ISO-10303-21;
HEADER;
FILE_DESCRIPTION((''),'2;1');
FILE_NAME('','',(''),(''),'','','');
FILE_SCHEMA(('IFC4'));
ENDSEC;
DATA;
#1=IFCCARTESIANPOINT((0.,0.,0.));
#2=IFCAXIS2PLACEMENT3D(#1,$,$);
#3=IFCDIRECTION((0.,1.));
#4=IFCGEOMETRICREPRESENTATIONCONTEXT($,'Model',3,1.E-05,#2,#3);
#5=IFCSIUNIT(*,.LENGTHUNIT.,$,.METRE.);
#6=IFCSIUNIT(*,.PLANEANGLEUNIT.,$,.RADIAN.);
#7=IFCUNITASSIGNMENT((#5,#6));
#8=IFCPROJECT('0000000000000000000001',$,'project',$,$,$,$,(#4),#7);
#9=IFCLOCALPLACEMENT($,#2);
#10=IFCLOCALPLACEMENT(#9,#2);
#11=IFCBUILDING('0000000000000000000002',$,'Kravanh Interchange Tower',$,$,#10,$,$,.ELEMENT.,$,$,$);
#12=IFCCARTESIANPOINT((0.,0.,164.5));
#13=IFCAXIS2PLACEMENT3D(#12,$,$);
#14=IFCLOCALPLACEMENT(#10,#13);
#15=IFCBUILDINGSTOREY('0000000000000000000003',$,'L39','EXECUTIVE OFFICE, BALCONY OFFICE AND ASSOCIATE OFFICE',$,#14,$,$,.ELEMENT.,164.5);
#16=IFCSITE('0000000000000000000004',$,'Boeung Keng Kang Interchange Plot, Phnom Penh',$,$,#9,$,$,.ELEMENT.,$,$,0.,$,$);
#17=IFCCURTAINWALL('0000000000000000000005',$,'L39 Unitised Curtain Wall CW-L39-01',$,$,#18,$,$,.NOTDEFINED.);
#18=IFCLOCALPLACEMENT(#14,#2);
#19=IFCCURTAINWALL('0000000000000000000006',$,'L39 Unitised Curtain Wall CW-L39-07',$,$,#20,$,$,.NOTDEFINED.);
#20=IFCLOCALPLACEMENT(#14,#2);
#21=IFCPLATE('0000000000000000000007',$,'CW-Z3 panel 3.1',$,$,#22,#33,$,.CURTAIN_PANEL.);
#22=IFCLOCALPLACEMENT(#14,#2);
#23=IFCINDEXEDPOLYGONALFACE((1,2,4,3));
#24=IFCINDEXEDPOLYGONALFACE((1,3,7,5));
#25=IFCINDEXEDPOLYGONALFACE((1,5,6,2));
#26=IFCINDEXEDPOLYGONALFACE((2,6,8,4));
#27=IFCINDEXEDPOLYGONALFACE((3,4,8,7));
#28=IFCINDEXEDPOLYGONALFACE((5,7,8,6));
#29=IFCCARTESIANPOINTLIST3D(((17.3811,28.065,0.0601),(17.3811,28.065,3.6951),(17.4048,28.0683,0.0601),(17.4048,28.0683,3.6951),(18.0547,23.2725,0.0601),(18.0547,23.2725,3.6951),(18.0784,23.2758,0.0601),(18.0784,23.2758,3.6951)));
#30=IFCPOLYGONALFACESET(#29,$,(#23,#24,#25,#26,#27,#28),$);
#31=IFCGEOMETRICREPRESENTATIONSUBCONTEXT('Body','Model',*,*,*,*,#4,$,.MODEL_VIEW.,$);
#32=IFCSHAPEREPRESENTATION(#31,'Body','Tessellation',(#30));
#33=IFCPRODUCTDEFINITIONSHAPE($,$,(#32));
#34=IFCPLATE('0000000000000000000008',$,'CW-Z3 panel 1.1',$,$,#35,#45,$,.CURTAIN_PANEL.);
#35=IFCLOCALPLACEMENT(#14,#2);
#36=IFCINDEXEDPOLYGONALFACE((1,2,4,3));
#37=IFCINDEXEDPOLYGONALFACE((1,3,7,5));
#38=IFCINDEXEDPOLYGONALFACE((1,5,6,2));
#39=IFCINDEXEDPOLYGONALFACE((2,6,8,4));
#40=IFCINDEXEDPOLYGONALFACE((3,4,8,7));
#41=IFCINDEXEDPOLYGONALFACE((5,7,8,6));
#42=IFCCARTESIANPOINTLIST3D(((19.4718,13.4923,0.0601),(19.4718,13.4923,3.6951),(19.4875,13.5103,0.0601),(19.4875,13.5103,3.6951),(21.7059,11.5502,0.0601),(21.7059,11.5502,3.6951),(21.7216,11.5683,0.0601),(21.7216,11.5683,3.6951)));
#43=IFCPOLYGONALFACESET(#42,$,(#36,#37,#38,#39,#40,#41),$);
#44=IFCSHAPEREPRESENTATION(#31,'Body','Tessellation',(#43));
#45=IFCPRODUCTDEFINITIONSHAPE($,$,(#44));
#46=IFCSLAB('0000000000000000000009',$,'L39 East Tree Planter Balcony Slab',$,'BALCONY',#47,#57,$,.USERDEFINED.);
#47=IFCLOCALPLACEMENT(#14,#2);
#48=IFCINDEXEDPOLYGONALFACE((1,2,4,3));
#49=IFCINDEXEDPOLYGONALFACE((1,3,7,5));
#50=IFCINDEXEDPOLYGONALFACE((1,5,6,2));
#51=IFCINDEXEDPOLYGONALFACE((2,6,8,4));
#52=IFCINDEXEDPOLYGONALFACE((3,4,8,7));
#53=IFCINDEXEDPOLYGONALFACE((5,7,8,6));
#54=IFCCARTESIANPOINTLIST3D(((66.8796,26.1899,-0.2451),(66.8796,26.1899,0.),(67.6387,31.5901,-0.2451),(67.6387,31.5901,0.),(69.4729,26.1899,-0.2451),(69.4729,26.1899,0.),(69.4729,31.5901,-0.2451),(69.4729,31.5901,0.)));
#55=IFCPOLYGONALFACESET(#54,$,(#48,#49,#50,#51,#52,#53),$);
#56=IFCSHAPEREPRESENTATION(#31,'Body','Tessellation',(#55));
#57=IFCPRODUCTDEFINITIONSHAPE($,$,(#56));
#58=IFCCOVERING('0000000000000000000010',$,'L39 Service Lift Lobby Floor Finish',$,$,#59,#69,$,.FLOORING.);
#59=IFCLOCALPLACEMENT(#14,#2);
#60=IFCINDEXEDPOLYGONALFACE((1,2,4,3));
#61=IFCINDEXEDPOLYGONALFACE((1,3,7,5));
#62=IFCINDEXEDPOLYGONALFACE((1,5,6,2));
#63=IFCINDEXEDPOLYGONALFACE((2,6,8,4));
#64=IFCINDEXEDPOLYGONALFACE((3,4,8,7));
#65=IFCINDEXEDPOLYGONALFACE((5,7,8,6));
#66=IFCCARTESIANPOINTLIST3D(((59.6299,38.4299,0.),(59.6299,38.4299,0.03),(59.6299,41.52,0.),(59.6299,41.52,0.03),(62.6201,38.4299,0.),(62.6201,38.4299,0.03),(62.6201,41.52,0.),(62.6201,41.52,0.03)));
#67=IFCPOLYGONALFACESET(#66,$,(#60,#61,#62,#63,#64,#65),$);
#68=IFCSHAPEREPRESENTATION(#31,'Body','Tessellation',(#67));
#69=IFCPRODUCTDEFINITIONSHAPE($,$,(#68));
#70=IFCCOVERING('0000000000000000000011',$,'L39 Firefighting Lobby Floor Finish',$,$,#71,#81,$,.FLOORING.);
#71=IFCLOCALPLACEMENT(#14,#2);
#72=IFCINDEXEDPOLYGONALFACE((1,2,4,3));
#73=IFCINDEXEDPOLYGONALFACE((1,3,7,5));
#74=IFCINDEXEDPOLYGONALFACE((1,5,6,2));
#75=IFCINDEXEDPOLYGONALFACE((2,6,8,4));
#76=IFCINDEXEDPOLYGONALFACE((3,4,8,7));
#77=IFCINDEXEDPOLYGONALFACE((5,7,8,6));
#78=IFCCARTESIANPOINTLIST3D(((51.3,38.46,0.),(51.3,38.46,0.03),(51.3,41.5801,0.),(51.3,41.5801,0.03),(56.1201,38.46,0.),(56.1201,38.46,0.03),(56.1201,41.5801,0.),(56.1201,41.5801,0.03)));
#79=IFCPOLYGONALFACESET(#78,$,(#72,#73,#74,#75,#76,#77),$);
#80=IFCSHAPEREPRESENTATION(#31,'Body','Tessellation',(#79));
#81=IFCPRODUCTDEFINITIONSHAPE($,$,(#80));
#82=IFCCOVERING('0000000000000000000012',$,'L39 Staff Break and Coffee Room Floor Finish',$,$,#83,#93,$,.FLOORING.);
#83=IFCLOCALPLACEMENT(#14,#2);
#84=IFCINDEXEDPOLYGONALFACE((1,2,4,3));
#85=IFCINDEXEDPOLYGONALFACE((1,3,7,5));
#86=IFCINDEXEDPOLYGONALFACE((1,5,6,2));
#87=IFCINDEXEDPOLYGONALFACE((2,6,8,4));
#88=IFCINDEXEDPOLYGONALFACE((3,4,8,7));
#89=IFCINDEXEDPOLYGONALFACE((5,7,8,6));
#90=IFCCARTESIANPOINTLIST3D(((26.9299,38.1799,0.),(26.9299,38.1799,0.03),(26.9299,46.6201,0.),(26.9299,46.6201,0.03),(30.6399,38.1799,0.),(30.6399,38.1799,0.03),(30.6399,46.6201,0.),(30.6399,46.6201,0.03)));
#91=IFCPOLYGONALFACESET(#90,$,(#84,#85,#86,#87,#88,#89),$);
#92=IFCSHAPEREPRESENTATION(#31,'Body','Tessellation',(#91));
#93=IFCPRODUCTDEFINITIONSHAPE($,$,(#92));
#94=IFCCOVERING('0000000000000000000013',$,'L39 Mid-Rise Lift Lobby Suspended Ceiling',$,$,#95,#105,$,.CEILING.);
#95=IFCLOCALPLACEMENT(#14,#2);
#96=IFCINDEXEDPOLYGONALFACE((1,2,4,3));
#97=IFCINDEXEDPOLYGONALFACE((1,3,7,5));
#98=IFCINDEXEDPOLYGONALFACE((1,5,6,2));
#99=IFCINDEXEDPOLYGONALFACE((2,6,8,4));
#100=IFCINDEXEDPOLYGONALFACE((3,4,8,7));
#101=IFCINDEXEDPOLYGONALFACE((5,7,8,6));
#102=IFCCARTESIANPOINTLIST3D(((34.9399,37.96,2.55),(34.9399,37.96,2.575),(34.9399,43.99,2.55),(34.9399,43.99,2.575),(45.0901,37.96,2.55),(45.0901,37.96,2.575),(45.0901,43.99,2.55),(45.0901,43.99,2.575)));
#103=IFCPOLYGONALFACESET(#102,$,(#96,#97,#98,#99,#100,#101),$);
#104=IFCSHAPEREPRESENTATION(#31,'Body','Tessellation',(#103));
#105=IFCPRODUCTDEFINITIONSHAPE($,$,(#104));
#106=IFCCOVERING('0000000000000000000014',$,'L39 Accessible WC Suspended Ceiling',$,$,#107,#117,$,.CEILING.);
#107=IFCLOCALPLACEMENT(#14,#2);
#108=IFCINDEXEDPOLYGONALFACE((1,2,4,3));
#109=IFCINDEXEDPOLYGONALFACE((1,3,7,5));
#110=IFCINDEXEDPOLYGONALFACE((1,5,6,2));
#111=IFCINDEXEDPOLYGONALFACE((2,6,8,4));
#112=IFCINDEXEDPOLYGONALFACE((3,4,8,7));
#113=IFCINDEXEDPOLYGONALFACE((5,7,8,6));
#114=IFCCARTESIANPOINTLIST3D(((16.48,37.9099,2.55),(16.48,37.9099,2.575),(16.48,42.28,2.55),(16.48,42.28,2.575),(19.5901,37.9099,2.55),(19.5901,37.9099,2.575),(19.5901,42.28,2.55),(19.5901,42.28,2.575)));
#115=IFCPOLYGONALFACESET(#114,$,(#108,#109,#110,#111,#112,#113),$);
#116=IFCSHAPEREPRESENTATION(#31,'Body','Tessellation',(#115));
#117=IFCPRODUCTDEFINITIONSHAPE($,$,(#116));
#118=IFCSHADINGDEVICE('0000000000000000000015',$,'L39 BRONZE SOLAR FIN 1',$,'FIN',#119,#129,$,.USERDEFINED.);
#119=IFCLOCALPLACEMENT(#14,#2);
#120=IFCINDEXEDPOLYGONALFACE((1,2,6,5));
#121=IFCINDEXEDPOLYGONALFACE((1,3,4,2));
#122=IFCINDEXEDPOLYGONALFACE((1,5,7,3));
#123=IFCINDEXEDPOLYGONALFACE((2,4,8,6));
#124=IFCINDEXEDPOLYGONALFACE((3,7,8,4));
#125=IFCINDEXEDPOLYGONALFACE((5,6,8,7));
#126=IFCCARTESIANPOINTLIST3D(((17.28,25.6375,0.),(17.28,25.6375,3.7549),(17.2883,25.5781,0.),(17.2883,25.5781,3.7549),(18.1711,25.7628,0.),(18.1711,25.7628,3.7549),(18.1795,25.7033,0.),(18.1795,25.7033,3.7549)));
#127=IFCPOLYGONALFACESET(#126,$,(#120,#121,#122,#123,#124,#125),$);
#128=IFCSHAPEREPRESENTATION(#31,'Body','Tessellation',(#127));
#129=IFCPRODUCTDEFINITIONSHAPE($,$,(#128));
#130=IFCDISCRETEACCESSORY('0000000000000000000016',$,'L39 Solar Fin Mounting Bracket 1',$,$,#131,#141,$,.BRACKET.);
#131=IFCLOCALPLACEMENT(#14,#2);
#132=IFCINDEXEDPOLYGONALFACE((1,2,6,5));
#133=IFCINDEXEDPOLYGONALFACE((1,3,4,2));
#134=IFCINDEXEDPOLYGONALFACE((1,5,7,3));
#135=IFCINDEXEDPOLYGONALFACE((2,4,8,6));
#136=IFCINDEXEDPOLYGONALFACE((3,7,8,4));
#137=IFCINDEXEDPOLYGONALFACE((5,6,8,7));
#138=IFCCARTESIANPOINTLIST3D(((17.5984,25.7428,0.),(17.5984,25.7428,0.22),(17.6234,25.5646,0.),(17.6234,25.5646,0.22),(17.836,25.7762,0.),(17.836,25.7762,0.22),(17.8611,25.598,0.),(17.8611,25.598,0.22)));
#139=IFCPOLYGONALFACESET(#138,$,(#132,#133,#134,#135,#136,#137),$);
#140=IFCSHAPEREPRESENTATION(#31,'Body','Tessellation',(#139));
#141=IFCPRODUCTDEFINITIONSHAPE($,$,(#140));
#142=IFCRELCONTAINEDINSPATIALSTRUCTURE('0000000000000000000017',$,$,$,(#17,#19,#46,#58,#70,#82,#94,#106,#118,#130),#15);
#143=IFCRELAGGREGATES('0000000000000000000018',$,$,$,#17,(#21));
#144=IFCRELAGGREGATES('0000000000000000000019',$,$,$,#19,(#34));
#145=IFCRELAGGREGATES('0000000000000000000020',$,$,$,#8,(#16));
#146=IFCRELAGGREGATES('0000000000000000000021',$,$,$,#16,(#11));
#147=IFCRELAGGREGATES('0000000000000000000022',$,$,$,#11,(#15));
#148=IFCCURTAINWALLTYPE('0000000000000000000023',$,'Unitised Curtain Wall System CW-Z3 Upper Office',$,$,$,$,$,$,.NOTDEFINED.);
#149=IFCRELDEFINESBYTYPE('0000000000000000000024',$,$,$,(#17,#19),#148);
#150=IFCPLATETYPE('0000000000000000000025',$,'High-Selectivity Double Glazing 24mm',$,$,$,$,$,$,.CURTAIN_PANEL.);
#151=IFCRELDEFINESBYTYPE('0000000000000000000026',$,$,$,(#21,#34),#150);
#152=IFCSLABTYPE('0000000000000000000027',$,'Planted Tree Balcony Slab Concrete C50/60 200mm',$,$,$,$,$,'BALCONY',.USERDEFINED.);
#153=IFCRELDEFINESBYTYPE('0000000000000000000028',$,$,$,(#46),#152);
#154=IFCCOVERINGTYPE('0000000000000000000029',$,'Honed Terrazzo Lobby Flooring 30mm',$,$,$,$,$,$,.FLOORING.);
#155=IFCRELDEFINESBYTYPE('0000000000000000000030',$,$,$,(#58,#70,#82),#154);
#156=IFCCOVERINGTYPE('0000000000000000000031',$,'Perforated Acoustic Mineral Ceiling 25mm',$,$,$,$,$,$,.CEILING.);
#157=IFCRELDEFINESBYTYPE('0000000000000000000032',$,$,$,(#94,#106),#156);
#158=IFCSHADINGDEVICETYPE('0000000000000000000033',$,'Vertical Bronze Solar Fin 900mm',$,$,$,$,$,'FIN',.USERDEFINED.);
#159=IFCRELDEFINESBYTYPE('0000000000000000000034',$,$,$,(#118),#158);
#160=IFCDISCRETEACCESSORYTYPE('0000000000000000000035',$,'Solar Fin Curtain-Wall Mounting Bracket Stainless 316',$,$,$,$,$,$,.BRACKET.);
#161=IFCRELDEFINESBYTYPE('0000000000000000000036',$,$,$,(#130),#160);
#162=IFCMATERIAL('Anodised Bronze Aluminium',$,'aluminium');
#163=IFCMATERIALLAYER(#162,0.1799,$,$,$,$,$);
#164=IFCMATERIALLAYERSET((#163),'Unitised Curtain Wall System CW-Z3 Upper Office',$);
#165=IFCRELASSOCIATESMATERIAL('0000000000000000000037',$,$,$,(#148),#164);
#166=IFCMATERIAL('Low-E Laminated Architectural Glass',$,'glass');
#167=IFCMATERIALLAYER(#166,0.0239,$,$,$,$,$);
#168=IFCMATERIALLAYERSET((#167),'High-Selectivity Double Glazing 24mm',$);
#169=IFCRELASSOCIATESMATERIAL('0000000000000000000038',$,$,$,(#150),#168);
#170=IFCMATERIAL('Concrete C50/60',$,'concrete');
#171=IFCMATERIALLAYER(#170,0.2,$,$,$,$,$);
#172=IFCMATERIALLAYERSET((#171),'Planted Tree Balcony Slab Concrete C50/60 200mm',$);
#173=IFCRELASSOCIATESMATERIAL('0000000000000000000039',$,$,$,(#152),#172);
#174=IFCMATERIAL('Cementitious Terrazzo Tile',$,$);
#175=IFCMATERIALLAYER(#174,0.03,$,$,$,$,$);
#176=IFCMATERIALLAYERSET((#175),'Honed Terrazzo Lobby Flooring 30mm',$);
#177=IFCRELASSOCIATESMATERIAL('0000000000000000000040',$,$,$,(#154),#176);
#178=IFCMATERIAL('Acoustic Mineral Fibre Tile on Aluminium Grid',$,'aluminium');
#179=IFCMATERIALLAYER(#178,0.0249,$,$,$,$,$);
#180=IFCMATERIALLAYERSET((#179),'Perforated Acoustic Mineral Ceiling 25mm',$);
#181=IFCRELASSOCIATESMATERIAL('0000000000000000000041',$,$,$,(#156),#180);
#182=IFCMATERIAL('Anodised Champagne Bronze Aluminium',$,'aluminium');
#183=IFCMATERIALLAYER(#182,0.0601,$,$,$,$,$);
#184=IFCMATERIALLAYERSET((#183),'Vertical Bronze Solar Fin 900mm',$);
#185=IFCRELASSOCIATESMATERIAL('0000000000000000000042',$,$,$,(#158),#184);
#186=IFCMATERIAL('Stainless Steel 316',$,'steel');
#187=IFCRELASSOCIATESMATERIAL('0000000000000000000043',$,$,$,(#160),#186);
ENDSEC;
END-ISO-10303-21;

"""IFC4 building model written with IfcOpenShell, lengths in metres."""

from ifc_helpers import new_model, si_unit, direction, frame, origin, origin_2d, place, context, subcontext, project, spatial, polyline, rectangle, outline, extrude, material, layer, layer_set, type_object, element, aggregate, save


model = new_model("IFC4")

# Units and contexts
model_context = context("Model", 3, precision=1e-05, world=origin(), true_north=direction((0.0, 1.0)))
body_context = subcontext(model_context, "Body", "Model", "MODEL_VIEW")
ifc_project = project(units=[si_unit("LENGTHUNIT", "METRE"), si_unit("PLANEANGLEUNIT", "RADIAN")], contexts=[model_context])

# Site, building, storey
site_placement = place(None, origin())
site = spatial("IfcSite", under=ifc_project, at=site_placement, Name="Boeung Keng Kang Interchange Plot, Phnom Penh", CompositionType="ELEMENT", RefElevation=0.0)
building_placement = place(site_placement, origin())
building = spatial("IfcBuilding", under=site, at=building_placement, Name="Kravanh Interchange Tower", CompositionType="ELEMENT")
storey_placement = place(building_placement, frame((0.0, 0.0, 164.5)))
storey = spatial("IfcBuildingStorey", under=building, at=storey_placement, Name="L39", Description="EXECUTIVE OFFICE, BALCONY OFFICE AND ASSOCIATE OFFICE", CompositionType="ELEMENT", Elevation=164.5)

# Curtain wall
ifc_material_1 = material(Name="Anodised Bronze Aluminium", Category="aluminium")
ifc_layer_1 = layer(ifc_material_1, 0.1799)
ifc_layer_set_1 = layer_set([ifc_layer_1], Name="Unitised Curtain Wall System CW-Z3 Upper Office")
curtain_wall_type = type_object("IfcCurtainWallType", Name="Unitised Curtain Wall System CW-Z3 Upper Office", PredefinedType="NOTDEFINED", material=ifc_layer_set_1)
curtain_wall_1_placement = place(storey_placement, origin())
curtain_wall_1 = element("IfcCurtainWall", 1, at=curtain_wall_1_placement, inside=storey, type_object=curtain_wall_type, Name="L39 Unitised Curtain Wall CW-L39-01", PredefinedType="NOTDEFINED")

# Curtain wall
curtain_wall_2_placement = place(storey_placement, origin())
curtain_wall_2 = element("IfcCurtainWall", 2, at=curtain_wall_2_placement, inside=storey, type_object=curtain_wall_type, Name="L39 Unitised Curtain Wall CW-L39-07", PredefinedType="NOTDEFINED")

# Plates
ifc_material_2 = material(Name="Low-E Laminated Architectural Glass", Category="glass")
ifc_layer_2 = layer(ifc_material_2, 0.0239)
ifc_layer_set_2 = layer_set([ifc_layer_2], Name="High-Selectivity Double Glazing 24mm")
plate_type = type_object("IfcPlateType", Name="High-Selectivity Double Glazing 24mm", PredefinedType="CURTAIN_PANEL", material=ifc_layer_set_2)
plate_1_placement = place(storey_placement, frame((17.7297, 25.6704, 0.0601), z_axis=(0.0, 0.0, 1.0), x_axis=(-0.139172, 0.990268, 0.0)))
plate_1 = element("IfcPlate", 3, at=plate_1_placement, type_object=plate_type, Name="CW-Z3 panel 3.1", PredefinedType="CURTAIN_PANEL", context=body_context, shape_type="SweptSolid", body=[
    extrude(rectangle(XDim=4.8396, YDim=0.0239, at=origin_2d()), origin(), (0.0, 0.0, 1.0), 3.635),
])
aggregate(curtain_wall_1, [plate_1])
plate_2_placement = place(storey_placement, frame((20.5967, 12.5303, 0.0601), z_axis=(0.0, 0.0, 1.0), x_axis=(-0.754717, 0.656051, 0.0)))
plate_2 = element("IfcPlate", 4, at=plate_2_placement, type_object=plate_type, Name="CW-Z3 panel 1.1", PredefinedType="CURTAIN_PANEL", context=body_context, shape_type="SweptSolid", body=[
    extrude(rectangle(XDim=2.9602, YDim=0.0239, at=origin_2d()), origin(), (0.0, 0.0, 1.0), 3.635),
])
aggregate(curtain_wall_2, [plate_2])

# Slab
ifc_material_3 = material(Name="Concrete C50/60", Category="concrete")
ifc_layer_3 = layer(ifc_material_3, 0.2)
ifc_layer_set_3 = layer_set([ifc_layer_3], Name="Planted Tree Balcony Slab Concrete C50/60 200mm")
slab_type_1 = type_object("IfcSlabType", Name="Planted Tree Balcony Slab Concrete C50/60 200mm", ElementType="BALCONY", PredefinedType="USERDEFINED", material=ifc_layer_set_3)
slab_1_placement = place(storey_placement, frame((0.0, 0.0, -0.2451)))
element("IfcSlab", 5, at=slab_1_placement, inside=storey, type_object=slab_type_1, Name="L39 East Tree Planter Balcony Slab", ObjectType="BALCONY", PredefinedType="USERDEFINED", context=body_context, shape_type="SweptSolid", body=[
    extrude(outline(polyline([(69.4729, 31.5901), (69.4729, 26.1899), (66.8796, 26.1899), (67.6387, 31.5901), (69.4729, 31.5901)])), origin(), (0.0, 0.0, 1.0), 0.2451),
])

# Coverings
ifc_material_4 = material(Name="Cementitious Terrazzo Tile")
ifc_layer_4 = layer(ifc_material_4, 0.03)
ifc_layer_set_4 = layer_set([ifc_layer_4], Name="Honed Terrazzo Lobby Flooring 30mm")
covering_type_1 = type_object("IfcCoveringType", Name="Honed Terrazzo Lobby Flooring 30mm", PredefinedType="FLOORING", material=ifc_layer_set_4)
covering_1_placement = place(storey_placement, origin())
element("IfcCovering", 6, at=covering_1_placement, inside=storey, type_object=covering_type_1, Name="L39 Service Lift Lobby Floor Finish", PredefinedType="FLOORING", context=body_context, shape_type="SweptSolid", body=[
    extrude(outline(polyline([(59.6299, 41.52), (62.6201, 41.52), (62.6201, 38.4299), (59.6299, 38.4299), (59.6299, 41.52)])), origin(), (0.0, 0.0, 1.0), 0.03),
])
covering_2_placement = place(storey_placement, origin())
element("IfcCovering", 7, at=covering_2_placement, inside=storey, type_object=covering_type_1, Name="L39 Firefighting Lobby Floor Finish", PredefinedType="FLOORING", context=body_context, shape_type="SweptSolid", body=[
    extrude(outline(polyline([(56.1201, 38.46), (51.3, 38.46), (51.3, 41.5801), (56.1201, 41.5801), (56.1201, 38.46)])), origin(), (0.0, 0.0, 1.0), 0.03),
])
covering_3_placement = place(storey_placement, origin())
element("IfcCovering", 8, at=covering_3_placement, inside=storey, type_object=covering_type_1, Name="L39 Staff Break and Coffee Room Floor Finish", PredefinedType="FLOORING", context=body_context, shape_type="SweptSolid", body=[
    extrude(outline(polyline([(26.9299, 46.6201), (30.6399, 46.6201), (30.6399, 38.1799), (26.9299, 38.1799), (26.9299, 46.6201)])), origin(), (0.0, 0.0, 1.0), 0.03),
])
ifc_material_5 = material(Name="Acoustic Mineral Fibre Tile on Aluminium Grid", Category="aluminium")
ifc_layer_5 = layer(ifc_material_5, 0.0249)
ifc_layer_set_5 = layer_set([ifc_layer_5], Name="Perforated Acoustic Mineral Ceiling 25mm")
covering_type_2 = type_object("IfcCoveringType", Name="Perforated Acoustic Mineral Ceiling 25mm", PredefinedType="CEILING", material=ifc_layer_set_5)
covering_4_placement = place(storey_placement, frame((0.0, 0.0, 2.55)))
element("IfcCovering", 9, at=covering_4_placement, inside=storey, type_object=covering_type_2, Name="L39 Mid-Rise Lift Lobby Suspended Ceiling", PredefinedType="CEILING", context=body_context, shape_type="SweptSolid", body=[
    extrude(outline(polyline([(45.0901, 37.96), (34.9399, 37.96), (34.9399, 43.99), (45.0901, 43.99), (45.0901, 37.96)])), origin(), (0.0, 0.0, 1.0), 0.0249),
])
covering_5_placement = place(storey_placement, frame((0.0, 0.0, 2.55)))
element("IfcCovering", 10, at=covering_5_placement, inside=storey, type_object=covering_type_2, Name="L39 Accessible WC Suspended Ceiling", PredefinedType="CEILING", context=body_context, shape_type="SweptSolid", body=[
    extrude(outline(polyline([(19.5901, 42.28), (19.5901, 37.9099), (16.48, 37.9099), (16.48, 42.28), (19.5901, 42.28)])), origin(), (0.0, 0.0, 1.0), 0.0249),
])

# Shading device
ifc_material_6 = material(Name="Anodised Champagne Bronze Aluminium", Category="aluminium")
ifc_layer_6 = layer(ifc_material_6, 0.0601)
ifc_layer_set_6 = layer_set([ifc_layer_6], Name="Vertical Bronze Solar Fin 900mm")
shading_device_type = type_object("IfcShadingDeviceType", Name="Vertical Bronze Solar Fin 900mm", ElementType="FIN", PredefinedType="USERDEFINED", material=ifc_layer_set_6)
shading_device_placement = place(storey_placement, frame((17.7297, 25.6704, 0.0), z_axis=(0.0, 0.0, 1.0), x_axis=(-0.990268, -0.139172, 0.0)))
element("IfcShadingDevice", 11, at=shading_device_placement, inside=storey, type_object=shading_device_type, Name="L39 BRONZE SOLAR FIN 1", ObjectType="FIN", PredefinedType="USERDEFINED", context=body_context, shape_type="SweptSolid", body=[
    extrude(rectangle(XDim=0.8999, YDim=0.0601, at=origin_2d()), origin(), (0.0, 0.0, 1.0), 3.7549),
])

# Discrete accessory
ifc_material_7 = material(Name="Stainless Steel 316", Category="steel")
discrete_accessory_type = type_object("IfcDiscreteAccessoryType", Name="Solar Fin Curtain-Wall Mounting Bracket Stainless 316", PredefinedType="BRACKET", material=ifc_material_7)
discrete_accessory_placement = place(storey_placement, frame((17.7297, 25.6704, 0.0), z_axis=(0.0, 0.0, 1.0), x_axis=(-0.990268, -0.139172, 0.0)))
element("IfcDiscreteAccessory", 12, at=discrete_accessory_placement, inside=storey, type_object=discrete_accessory_type, Name="L39 Solar Fin Mounting Bracket 1", PredefinedType="BRACKET", context=body_context, shape_type="SweptSolid", body=[
    extrude(rectangle(XDim=0.24, YDim=0.1799, at=origin_2d()), origin(), (0.0, 0.0, 1.0), 0.22),
])

save(model, "model.ifc")
